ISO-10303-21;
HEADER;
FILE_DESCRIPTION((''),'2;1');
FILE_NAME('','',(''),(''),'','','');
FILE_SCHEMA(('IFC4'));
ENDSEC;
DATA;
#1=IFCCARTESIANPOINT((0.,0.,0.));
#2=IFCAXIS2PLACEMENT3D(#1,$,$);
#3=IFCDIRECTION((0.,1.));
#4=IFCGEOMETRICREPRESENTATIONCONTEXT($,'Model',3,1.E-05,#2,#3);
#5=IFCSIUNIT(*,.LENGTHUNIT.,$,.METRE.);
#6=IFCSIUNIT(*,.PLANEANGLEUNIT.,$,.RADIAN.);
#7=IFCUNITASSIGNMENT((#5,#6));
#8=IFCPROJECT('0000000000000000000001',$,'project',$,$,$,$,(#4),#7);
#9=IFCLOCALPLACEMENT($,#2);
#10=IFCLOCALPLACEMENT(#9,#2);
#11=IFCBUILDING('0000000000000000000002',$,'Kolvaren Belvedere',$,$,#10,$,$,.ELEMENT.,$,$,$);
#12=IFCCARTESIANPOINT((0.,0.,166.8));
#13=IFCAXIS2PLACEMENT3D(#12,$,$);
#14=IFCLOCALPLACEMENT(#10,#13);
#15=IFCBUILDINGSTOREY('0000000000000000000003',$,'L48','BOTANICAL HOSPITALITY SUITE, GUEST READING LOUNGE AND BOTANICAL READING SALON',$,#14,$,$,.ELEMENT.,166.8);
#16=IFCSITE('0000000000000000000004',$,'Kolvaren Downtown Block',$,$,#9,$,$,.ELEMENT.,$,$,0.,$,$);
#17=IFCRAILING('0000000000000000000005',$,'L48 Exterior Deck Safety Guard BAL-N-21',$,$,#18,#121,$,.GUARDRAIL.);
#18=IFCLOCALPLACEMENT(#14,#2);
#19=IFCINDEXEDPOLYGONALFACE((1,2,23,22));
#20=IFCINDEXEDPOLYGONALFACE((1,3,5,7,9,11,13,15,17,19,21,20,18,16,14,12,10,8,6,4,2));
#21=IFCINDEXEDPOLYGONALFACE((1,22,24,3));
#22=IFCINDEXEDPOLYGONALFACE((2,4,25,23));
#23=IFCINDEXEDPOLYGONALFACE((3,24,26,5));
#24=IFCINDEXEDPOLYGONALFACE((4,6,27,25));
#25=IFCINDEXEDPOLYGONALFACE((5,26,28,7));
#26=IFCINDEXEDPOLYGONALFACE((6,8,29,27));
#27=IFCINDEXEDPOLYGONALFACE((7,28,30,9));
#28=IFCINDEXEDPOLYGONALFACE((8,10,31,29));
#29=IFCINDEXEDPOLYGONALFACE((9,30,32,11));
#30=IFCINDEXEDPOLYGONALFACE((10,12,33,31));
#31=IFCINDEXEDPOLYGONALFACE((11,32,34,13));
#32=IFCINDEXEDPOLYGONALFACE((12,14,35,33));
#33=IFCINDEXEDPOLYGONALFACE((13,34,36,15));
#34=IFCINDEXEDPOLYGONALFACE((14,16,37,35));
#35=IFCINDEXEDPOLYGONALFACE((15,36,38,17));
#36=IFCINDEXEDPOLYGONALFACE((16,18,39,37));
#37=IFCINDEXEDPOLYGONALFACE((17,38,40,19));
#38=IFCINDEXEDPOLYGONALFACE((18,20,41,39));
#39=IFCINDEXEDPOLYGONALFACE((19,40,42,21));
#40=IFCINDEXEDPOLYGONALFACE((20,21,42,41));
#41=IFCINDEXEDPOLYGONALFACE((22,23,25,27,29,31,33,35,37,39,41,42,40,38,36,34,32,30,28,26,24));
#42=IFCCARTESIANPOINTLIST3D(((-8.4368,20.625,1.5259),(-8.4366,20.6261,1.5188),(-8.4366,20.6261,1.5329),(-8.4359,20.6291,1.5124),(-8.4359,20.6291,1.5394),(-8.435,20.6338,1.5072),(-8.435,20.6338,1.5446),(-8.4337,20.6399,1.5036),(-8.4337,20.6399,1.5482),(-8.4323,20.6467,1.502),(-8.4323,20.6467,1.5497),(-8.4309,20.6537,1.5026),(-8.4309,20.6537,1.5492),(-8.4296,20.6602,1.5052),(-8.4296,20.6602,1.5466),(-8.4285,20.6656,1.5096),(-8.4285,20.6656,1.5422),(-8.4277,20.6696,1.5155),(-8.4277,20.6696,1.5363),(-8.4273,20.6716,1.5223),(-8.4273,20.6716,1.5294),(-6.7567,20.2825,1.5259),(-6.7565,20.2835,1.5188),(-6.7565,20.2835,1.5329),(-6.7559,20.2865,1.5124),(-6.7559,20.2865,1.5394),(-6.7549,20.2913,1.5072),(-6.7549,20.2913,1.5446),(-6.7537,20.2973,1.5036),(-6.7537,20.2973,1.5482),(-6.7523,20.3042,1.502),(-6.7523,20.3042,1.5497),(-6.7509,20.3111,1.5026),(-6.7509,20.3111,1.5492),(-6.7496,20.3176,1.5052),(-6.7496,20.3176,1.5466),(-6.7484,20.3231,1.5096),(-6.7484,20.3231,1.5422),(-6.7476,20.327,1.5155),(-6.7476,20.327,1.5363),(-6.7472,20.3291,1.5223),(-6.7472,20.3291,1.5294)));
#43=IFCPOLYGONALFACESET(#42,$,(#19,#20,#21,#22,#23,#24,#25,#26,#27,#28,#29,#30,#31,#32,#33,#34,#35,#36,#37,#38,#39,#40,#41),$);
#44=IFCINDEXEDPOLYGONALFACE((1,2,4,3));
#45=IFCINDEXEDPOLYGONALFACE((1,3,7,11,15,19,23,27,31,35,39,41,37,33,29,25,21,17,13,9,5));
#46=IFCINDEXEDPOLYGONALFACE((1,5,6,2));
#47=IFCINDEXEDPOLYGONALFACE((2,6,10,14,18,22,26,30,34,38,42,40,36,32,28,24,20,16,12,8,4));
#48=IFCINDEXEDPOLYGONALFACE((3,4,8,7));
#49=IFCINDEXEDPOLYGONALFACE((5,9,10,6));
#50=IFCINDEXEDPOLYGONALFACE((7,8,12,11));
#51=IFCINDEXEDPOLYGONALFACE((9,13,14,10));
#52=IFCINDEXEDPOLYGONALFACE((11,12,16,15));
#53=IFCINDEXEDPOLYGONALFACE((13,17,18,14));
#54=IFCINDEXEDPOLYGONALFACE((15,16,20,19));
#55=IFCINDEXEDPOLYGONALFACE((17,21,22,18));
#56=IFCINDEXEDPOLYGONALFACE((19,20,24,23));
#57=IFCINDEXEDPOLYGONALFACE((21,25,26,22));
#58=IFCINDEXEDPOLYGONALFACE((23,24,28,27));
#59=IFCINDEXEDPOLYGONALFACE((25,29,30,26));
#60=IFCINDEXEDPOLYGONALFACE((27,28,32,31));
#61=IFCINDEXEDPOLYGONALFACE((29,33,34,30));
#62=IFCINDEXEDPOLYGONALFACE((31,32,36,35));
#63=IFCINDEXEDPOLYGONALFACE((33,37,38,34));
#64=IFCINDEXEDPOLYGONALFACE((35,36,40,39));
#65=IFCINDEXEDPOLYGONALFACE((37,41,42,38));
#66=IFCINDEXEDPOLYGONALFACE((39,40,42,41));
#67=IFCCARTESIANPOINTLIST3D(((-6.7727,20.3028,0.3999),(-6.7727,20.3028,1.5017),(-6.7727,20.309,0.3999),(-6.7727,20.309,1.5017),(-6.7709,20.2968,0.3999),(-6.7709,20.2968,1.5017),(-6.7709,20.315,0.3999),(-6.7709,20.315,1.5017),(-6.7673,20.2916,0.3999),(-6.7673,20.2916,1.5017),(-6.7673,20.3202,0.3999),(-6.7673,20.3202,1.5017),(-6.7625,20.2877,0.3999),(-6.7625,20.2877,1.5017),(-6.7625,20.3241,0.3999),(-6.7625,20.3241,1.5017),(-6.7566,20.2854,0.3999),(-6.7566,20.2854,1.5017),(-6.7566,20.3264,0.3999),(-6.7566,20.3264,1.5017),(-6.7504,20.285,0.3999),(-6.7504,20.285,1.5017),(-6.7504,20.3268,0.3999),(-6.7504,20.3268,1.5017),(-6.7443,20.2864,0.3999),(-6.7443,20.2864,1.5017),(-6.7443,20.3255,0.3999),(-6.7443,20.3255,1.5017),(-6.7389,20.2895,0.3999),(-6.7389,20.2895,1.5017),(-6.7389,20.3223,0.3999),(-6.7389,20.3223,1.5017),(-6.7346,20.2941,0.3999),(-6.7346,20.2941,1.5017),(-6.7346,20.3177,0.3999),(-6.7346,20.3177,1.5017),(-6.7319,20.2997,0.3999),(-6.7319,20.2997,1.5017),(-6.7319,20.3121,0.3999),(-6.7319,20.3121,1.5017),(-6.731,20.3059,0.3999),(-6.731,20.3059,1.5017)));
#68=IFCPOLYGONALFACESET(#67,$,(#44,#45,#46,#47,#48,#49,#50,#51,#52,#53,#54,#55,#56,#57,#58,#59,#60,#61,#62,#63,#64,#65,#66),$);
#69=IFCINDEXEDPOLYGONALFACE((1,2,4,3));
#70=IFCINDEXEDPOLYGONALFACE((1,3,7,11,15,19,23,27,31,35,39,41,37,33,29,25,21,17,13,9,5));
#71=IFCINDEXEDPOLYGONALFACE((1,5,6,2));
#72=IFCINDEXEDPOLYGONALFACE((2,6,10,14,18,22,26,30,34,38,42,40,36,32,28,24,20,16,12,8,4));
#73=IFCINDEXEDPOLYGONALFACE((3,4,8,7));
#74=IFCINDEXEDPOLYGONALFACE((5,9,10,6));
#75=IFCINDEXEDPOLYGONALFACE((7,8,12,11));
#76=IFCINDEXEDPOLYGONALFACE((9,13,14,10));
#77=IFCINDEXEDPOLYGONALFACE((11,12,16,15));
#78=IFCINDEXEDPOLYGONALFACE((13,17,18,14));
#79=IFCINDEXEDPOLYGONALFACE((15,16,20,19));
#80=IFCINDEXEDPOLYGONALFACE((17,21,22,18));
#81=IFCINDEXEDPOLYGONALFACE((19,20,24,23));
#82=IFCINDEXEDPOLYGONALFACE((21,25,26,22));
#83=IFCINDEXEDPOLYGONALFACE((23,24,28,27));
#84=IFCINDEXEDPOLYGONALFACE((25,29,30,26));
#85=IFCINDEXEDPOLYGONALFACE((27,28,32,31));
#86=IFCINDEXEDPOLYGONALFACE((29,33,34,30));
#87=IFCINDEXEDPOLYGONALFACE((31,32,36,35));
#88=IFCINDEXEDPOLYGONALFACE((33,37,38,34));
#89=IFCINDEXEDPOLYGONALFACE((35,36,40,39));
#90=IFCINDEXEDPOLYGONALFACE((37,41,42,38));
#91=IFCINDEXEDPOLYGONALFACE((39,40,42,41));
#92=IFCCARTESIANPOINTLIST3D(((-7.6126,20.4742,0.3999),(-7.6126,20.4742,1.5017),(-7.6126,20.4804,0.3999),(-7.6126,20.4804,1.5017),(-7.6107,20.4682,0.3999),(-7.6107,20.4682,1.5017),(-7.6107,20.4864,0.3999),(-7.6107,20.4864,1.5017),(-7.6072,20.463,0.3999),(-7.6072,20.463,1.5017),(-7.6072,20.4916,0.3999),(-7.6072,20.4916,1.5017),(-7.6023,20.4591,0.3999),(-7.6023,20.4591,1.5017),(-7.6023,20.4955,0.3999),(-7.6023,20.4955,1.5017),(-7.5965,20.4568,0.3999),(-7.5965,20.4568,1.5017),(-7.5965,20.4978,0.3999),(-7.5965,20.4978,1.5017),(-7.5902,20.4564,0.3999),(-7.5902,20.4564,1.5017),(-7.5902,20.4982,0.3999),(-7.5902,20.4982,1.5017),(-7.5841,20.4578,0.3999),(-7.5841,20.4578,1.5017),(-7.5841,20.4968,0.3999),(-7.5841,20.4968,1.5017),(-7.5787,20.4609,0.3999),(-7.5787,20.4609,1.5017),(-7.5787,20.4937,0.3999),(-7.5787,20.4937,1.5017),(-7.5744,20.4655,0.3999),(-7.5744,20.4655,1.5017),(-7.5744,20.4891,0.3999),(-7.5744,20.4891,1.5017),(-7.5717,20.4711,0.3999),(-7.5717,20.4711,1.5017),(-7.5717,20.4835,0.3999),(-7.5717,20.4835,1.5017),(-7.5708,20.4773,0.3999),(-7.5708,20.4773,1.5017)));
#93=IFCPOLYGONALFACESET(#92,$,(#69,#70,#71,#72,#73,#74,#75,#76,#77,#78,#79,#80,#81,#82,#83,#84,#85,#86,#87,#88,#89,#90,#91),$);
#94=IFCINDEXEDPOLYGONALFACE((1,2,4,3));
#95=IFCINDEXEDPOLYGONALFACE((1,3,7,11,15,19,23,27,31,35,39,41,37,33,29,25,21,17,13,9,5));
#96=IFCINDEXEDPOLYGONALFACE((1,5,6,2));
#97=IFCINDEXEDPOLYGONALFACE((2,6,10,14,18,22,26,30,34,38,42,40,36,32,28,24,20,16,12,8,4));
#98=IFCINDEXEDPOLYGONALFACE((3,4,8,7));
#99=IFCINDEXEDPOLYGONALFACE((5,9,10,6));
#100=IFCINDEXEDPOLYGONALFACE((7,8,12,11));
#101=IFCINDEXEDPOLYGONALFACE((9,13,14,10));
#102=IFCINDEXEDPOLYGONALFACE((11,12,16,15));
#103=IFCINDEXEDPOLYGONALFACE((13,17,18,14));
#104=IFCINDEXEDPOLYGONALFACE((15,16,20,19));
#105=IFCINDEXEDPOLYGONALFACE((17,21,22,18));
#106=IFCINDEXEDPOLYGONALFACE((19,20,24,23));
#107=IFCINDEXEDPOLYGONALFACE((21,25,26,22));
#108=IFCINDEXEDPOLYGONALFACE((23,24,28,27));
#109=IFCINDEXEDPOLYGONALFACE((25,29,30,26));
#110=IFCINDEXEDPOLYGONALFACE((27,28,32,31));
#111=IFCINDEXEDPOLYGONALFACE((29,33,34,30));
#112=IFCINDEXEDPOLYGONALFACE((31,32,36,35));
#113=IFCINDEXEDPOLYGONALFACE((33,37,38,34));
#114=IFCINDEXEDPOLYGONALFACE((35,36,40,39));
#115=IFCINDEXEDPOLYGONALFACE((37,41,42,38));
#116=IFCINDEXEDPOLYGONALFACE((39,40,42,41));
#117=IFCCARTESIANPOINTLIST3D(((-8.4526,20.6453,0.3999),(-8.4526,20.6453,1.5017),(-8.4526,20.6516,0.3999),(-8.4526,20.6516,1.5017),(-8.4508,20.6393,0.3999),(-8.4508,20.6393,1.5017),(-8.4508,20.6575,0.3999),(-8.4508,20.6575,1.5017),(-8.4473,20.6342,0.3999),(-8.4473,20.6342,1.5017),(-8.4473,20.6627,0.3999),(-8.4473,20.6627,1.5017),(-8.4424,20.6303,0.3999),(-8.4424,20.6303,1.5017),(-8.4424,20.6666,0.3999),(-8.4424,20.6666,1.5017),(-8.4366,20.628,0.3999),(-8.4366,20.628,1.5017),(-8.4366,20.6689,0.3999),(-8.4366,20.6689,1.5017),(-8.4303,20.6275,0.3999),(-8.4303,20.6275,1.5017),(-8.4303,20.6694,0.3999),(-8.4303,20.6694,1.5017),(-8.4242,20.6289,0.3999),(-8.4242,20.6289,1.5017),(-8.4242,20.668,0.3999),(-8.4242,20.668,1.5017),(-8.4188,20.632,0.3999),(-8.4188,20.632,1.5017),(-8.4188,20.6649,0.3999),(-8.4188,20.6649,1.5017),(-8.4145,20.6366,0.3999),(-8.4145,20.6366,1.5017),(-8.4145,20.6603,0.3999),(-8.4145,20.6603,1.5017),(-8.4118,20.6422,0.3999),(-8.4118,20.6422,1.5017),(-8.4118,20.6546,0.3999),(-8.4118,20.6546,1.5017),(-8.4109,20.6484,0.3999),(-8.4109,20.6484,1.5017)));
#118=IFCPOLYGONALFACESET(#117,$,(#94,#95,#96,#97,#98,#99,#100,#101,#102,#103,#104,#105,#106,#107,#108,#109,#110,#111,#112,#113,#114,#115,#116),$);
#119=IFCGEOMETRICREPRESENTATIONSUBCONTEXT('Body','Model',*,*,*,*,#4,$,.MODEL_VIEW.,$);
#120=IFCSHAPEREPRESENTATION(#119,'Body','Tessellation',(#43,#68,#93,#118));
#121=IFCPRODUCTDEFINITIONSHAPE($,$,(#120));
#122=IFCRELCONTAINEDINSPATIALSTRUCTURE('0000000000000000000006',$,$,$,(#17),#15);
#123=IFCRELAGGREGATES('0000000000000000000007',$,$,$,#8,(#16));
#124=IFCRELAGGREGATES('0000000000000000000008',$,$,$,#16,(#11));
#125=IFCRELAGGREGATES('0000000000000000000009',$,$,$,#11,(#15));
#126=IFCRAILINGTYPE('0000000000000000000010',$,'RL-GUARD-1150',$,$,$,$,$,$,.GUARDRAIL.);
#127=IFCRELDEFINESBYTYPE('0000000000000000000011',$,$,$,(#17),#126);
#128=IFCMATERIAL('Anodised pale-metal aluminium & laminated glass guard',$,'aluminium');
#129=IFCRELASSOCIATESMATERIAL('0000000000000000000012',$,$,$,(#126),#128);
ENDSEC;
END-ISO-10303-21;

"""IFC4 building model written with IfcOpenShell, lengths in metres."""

from ifc_helpers import new_model, si_unit, direction, frame, origin, origin_2d, place, context, subcontext, project, spatial, circle, extrude, material, type_object, element, save


model = new_model("IFC4")

# Units and contexts
model_context = context("Model", 3, precision=1e-05, world=origin(), true_north=direction((0.0, 1.0)))
body_context = subcontext(model_context, "Body", "Model", "MODEL_VIEW")
ifc_project = project(units=[si_unit("LENGTHUNIT", "METRE"), si_unit("PLANEANGLEUNIT", "RADIAN")], contexts=[model_context])

# Site, building, storey
site_placement = place(None, origin())
site = spatial("IfcSite", under=ifc_project, at=site_placement, Name="Kolvaren Downtown Block", CompositionType="ELEMENT", RefElevation=0.0)
building_placement = place(site_placement, origin())
building = spatial("IfcBuilding", under=site, at=building_placement, Name="Kolvaren Belvedere", CompositionType="ELEMENT")
storey_placement = place(building_placement, frame((0.0, 0.0, 166.8)))
storey = spatial("IfcBuildingStorey", under=building, at=storey_placement, Name="L48", Description="BOTANICAL HOSPITALITY SUITE, GUEST READING LOUNGE AND BOTANICAL READING SALON", CompositionType="ELEMENT", Elevation=166.8)

# Railing
ifc_material_1 = material(Name="Anodised pale-metal aluminium & laminated glass guard", Category="aluminium")
railing_type = type_object("IfcRailingType", Name="RL-GUARD-1150", PredefinedType="GUARDRAIL", material=ifc_material_1)
railing_1_placement = place(storey_placement, frame((-6.752, 20.3059, 0.3999)))
element("IfcRailing", 1, at=railing_1_placement, inside=storey, type_object=railing_type, Name="L48 Exterior Deck Safety Guard BAL-N-21", PredefinedType="GUARDRAIL", context=body_context, shape_type="SweptSolid", body=[
    extrude(circle(Radius=0.0239, at=origin_2d()), frame((0.0, 0.0, 1.126), z_axis=(-0.97984, 0.199784, 0.0), x_axis=(-0.199784, -0.97984, 0.0)), (0.0, 0.0, 1.0), 1.7146),
    extrude(circle(Radius=0.021, at=origin_2d()), origin(), (0.0, 0.0, 1.0), 1.1018),
    extrude(circle(Radius=0.021, at=origin_2d()), frame((-0.8398, 0.1714, 0.0)), (0.0, 0.0, 1.0), 1.1018),
    extrude(circle(Radius=0.021, at=origin_2d()), frame((-1.6799, 0.3425, 0.0)), (0.0, 0.0, 1.0), 1.1018),
])

save(model, "model.ifc")
